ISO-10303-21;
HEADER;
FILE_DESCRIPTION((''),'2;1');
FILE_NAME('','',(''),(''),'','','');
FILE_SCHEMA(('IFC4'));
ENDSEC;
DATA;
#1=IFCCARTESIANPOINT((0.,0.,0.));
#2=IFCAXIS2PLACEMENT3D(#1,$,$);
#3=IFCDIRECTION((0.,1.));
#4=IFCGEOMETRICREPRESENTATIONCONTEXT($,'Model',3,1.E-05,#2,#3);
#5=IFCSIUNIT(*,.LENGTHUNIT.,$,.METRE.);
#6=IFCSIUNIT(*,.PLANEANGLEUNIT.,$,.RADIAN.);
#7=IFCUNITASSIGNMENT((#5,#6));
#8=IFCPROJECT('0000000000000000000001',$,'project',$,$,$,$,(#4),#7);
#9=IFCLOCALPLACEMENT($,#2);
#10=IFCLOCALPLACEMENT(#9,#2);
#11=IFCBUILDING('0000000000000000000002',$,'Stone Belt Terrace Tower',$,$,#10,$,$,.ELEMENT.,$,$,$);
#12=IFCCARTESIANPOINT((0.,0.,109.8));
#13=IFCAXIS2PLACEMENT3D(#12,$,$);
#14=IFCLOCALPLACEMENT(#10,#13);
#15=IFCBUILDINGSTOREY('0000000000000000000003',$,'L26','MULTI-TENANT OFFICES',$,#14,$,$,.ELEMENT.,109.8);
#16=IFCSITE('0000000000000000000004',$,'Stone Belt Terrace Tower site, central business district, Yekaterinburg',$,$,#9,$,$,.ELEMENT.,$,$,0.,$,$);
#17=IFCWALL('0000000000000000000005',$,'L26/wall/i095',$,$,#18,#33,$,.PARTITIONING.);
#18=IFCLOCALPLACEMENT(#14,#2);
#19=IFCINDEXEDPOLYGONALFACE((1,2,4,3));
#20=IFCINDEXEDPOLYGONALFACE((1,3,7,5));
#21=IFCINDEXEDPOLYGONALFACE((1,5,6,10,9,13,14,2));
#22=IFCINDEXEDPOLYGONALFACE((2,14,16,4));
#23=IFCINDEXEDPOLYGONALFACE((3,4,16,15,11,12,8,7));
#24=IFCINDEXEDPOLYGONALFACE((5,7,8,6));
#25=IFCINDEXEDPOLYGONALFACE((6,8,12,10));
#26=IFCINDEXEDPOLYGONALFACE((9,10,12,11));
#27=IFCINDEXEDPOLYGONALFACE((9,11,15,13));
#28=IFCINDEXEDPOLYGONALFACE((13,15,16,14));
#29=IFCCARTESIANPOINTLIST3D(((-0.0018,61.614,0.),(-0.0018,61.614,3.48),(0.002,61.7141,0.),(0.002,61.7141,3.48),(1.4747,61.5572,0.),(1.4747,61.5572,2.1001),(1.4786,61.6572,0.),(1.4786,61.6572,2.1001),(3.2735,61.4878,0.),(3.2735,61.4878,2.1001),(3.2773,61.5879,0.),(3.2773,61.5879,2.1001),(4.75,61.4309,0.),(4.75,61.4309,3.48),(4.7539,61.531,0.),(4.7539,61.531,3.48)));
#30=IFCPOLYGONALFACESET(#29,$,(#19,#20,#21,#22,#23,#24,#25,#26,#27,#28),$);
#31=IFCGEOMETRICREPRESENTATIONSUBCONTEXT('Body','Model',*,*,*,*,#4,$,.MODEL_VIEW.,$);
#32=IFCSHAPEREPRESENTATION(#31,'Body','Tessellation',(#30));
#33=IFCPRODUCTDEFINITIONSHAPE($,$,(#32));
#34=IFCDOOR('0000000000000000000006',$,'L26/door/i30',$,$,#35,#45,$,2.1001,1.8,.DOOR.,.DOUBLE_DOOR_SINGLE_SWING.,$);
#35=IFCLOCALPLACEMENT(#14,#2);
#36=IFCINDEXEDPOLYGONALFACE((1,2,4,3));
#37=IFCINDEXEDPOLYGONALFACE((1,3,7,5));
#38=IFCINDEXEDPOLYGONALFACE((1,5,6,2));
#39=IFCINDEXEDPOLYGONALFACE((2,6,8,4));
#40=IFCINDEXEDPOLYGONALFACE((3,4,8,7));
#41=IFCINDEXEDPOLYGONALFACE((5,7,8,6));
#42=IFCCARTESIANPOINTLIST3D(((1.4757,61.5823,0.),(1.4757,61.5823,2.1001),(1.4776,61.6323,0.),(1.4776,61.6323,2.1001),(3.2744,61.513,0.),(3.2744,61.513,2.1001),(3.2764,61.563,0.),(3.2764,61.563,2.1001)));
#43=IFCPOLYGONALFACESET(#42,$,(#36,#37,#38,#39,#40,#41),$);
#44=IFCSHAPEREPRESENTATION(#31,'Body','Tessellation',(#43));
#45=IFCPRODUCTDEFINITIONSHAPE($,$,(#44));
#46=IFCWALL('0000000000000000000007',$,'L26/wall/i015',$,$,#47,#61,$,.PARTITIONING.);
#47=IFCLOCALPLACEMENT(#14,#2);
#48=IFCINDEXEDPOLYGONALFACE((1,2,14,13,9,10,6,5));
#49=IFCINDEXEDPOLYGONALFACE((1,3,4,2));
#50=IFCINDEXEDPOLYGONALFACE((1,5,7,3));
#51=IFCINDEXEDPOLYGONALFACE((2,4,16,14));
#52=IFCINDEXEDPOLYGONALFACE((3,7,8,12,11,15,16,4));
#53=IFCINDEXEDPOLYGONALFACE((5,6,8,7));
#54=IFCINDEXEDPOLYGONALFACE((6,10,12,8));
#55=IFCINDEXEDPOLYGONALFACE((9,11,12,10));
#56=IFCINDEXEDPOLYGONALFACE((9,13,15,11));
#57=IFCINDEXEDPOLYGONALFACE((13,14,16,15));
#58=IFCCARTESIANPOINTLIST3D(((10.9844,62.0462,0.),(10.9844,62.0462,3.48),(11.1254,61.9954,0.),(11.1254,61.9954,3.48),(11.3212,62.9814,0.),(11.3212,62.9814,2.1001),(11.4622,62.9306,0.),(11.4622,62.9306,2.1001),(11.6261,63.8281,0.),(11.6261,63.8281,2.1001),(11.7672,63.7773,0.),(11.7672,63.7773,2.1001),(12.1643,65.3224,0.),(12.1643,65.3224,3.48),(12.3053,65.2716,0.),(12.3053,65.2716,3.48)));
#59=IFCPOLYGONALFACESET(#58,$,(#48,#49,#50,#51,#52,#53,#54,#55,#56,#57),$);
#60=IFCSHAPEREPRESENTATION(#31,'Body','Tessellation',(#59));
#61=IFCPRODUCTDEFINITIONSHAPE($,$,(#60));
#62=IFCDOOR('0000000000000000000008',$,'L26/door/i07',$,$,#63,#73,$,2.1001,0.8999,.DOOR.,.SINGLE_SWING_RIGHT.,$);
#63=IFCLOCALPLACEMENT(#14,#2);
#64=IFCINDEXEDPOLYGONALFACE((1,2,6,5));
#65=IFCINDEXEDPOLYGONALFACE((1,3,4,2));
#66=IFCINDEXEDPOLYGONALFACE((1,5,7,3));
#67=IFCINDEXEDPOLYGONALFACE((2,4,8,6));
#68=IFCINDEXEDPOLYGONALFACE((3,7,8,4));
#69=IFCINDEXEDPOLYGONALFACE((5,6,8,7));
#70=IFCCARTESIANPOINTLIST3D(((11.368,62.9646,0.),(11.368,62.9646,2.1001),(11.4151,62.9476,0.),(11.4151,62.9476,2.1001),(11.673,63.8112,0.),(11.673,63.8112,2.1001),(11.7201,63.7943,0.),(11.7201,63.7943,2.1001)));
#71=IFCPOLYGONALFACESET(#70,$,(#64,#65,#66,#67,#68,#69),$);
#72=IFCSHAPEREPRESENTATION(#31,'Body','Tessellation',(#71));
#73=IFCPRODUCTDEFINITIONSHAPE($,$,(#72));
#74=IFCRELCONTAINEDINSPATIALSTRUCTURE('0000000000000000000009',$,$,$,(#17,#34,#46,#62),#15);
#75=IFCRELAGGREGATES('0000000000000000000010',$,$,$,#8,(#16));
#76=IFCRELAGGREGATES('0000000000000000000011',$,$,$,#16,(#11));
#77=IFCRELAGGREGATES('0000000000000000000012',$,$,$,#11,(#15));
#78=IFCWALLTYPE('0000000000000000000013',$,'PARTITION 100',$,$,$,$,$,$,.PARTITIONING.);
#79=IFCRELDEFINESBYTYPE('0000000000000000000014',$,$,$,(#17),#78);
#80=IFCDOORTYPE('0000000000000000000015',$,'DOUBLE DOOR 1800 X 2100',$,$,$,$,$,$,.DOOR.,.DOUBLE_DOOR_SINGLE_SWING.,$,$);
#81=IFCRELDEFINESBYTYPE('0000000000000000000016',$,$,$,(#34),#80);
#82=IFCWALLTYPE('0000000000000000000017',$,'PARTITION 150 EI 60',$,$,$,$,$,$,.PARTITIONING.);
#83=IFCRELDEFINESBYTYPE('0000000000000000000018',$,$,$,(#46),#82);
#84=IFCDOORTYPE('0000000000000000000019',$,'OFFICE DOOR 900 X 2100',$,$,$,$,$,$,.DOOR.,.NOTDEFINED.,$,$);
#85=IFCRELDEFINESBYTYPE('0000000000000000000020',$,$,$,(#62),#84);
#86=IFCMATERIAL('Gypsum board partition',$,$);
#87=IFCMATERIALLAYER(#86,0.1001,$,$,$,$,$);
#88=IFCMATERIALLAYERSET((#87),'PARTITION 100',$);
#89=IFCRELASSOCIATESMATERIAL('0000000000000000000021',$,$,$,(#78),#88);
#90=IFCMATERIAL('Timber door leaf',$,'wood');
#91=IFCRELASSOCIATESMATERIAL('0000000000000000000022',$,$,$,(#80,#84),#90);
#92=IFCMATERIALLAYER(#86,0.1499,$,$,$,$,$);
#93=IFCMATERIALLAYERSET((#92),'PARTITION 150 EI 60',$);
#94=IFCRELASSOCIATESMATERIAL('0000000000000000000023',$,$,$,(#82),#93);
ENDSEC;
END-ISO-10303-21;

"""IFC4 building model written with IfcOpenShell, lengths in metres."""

from ifc_helpers import new_model, si_unit, direction, frame, frame_2d, origin, place, context, subcontext, project, spatial, rectangle, extrude, material, layer, layer_set, type_object, element, fill, save


model = new_model("IFC4")

# Units and contexts
model_context = context("Model", 3, precision=1e-05, world=origin(), true_north=direction((0.0, 1.0)))
body_context = subcontext(model_context, "Body", "Model", "MODEL_VIEW")
ifc_project = project(units=[si_unit("LENGTHUNIT", "METRE"), si_unit("PLANEANGLEUNIT", "RADIAN")], contexts=[model_context])

# Site, building, storey
site_placement = place(None, origin())
site = spatial("IfcSite", under=ifc_project, at=site_placement, Name="Stone Belt Terrace Tower site, central business district, Yekaterinburg", CompositionType="ELEMENT", RefElevation=0.0)
building_placement = place(site_placement, origin())
building = spatial("IfcBuilding", under=site, at=building_placement, Name="Stone Belt Terrace Tower", CompositionType="ELEMENT")
storey_placement = place(building_placement, frame((0.0, 0.0, 109.8)))
storey = spatial("IfcBuildingStorey", under=building, at=storey_placement, Name="L26", Description="MULTI-TENANT OFFICES", CompositionType="ELEMENT", Elevation=109.8)

# Walls, openings, doors
ifc_material_1 = material(Name="Gypsum board partition")
ifc_layer_1 = layer(ifc_material_1, 0.1001)
ifc_layer_set_1 = layer_set([ifc_layer_1], Name="PARTITION 100")
wall_type_1 = type_object("IfcWallType", Name="PARTITION 100", PredefinedType="PARTITIONING", material=ifc_layer_set_1)
wall_1_placement = place(storey_placement, frame((4.752, 61.481, 0.0), z_axis=(0.0, 0.0, 1.0), x_axis=(-0.999258, 0.038504, 0.0)))
wall_1 = element("IfcWall", 1, at=wall_1_placement, inside=storey, type_object=wall_type_1, Name="L26/wall/i095", PredefinedType="PARTITIONING", context=body_context, shape_type="SweptSolid", body=[
    extrude(rectangle(XDim=4.7554, YDim=0.1001, at=frame_2d((2.3777, 0.0))), origin(), (0.0, 0.0, 1.0), 3.48),
])
opening_1_placement = place(wall_1_placement, frame((1.4778, 0.0, 0.0)))
opening_1 = element("IfcOpeningElement", 2, at=opening_1_placement, cuts=wall_1, PredefinedType="OPENING", context=body_context, shape_type="SweptSolid", body=[
    extrude(rectangle(XDim=1.8, YDim=2.1001, at=frame_2d((0.8999, 1.05))), frame((0.0, 0.0601, 0.0), z_axis=(0.0, -1.0, 0.0), x_axis=(1.0, 0.0, 0.0)), (0.0, 0.0, 1.0), 0.1201),
])
ifc_material_2 = material(Name="Timber door leaf", Category="wood")
door_type_1 = type_object("IfcDoorType", Name="DOUBLE DOOR 1800 X 2100", OperationType="DOUBLE_DOOR_SINGLE_SWING", PredefinedType="DOOR", material=ifc_material_2)
door_1_placement = place(opening_1_placement, origin())
door_1 = element("IfcDoor", 3, at=door_1_placement, inside=storey, type_object=door_type_1, Name="L26/door/i30", OperationType="DOUBLE_DOOR_SINGLE_SWING", OverallHeight=2.1001, OverallWidth=1.8, PredefinedType="DOOR", context=body_context, shape_type="SweptSolid", body=[
    extrude(rectangle(XDim=1.8, YDim=2.1001, at=frame_2d((0.8999, 1.05))), frame((0.0, 0.0249, 0.0), z_axis=(0.0, -1.0, 0.0), x_axis=(1.0, 0.0, 0.0)), (0.0, 0.0, 1.0), 0.05),
])
fill(opening_1, door_1)
ifc_layer_2 = layer(ifc_material_1, 0.1499)
ifc_layer_set_2 = layer_set([ifc_layer_2], Name="PARTITION 150 EI 60")
wall_type_2 = type_object("IfcWallType", Name="PARTITION 150 EI 60", PredefinedType="PARTITIONING", material=ifc_layer_set_2)
wall_2_placement = place(storey_placement, frame((12.2349, 65.2971, 0.0), z_axis=(0.0, 0.0, 1.0), x_axis=(-0.338854, -0.940839, 0.0)))
wall_2 = element("IfcWall", 4, at=wall_2_placement, inside=storey, type_object=wall_type_2, Name="L26/wall/i015", PredefinedType="PARTITIONING", context=body_context, shape_type="SweptSolid", body=[
    extrude(rectangle(XDim=3.4822, YDim=0.1499, at=frame_2d((1.7412, 0.0))), origin(), (0.0, 0.0, 1.0), 3.48),
])
opening_2_placement = place(wall_2_placement, frame((1.5884, 0.0, 0.0)))
opening_2 = element("IfcOpeningElement", 5, at=opening_2_placement, cuts=wall_2, PredefinedType="OPENING", context=body_context, shape_type="SweptSolid", body=[
    extrude(rectangle(XDim=0.8999, YDim=2.1001, at=frame_2d((0.45, 1.05))), frame((0.0, 0.085, 0.0), z_axis=(0.0, -1.0, 0.0), x_axis=(1.0, 0.0, 0.0)), (0.0, 0.0, 1.0), 0.1699),
])
door_type_2 = type_object("IfcDoorType", Name="OFFICE DOOR 900 X 2100", OperationType="NOTDEFINED", PredefinedType="DOOR", material=ifc_material_2)
door_2_placement = place(opening_2_placement, origin())
door_2 = element("IfcDoor", 6, at=door_2_placement, inside=storey, type_object=door_type_2, Name="L26/door/i07", OperationType="SINGLE_SWING_RIGHT", OverallHeight=2.1001, OverallWidth=0.8999, PredefinedType="DOOR", context=body_context, shape_type="SweptSolid", body=[
    extrude(rectangle(XDim=0.8999, YDim=2.1001, at=frame_2d((0.45, 1.05))), frame((0.0, 0.0249, 0.0), z_axis=(0.0, -1.0, 0.0), x_axis=(1.0, 0.0, 0.0)), (0.0, 0.0, 1.0), 0.05),
])
fill(opening_2, door_2)

save(model, "model.ifc")
